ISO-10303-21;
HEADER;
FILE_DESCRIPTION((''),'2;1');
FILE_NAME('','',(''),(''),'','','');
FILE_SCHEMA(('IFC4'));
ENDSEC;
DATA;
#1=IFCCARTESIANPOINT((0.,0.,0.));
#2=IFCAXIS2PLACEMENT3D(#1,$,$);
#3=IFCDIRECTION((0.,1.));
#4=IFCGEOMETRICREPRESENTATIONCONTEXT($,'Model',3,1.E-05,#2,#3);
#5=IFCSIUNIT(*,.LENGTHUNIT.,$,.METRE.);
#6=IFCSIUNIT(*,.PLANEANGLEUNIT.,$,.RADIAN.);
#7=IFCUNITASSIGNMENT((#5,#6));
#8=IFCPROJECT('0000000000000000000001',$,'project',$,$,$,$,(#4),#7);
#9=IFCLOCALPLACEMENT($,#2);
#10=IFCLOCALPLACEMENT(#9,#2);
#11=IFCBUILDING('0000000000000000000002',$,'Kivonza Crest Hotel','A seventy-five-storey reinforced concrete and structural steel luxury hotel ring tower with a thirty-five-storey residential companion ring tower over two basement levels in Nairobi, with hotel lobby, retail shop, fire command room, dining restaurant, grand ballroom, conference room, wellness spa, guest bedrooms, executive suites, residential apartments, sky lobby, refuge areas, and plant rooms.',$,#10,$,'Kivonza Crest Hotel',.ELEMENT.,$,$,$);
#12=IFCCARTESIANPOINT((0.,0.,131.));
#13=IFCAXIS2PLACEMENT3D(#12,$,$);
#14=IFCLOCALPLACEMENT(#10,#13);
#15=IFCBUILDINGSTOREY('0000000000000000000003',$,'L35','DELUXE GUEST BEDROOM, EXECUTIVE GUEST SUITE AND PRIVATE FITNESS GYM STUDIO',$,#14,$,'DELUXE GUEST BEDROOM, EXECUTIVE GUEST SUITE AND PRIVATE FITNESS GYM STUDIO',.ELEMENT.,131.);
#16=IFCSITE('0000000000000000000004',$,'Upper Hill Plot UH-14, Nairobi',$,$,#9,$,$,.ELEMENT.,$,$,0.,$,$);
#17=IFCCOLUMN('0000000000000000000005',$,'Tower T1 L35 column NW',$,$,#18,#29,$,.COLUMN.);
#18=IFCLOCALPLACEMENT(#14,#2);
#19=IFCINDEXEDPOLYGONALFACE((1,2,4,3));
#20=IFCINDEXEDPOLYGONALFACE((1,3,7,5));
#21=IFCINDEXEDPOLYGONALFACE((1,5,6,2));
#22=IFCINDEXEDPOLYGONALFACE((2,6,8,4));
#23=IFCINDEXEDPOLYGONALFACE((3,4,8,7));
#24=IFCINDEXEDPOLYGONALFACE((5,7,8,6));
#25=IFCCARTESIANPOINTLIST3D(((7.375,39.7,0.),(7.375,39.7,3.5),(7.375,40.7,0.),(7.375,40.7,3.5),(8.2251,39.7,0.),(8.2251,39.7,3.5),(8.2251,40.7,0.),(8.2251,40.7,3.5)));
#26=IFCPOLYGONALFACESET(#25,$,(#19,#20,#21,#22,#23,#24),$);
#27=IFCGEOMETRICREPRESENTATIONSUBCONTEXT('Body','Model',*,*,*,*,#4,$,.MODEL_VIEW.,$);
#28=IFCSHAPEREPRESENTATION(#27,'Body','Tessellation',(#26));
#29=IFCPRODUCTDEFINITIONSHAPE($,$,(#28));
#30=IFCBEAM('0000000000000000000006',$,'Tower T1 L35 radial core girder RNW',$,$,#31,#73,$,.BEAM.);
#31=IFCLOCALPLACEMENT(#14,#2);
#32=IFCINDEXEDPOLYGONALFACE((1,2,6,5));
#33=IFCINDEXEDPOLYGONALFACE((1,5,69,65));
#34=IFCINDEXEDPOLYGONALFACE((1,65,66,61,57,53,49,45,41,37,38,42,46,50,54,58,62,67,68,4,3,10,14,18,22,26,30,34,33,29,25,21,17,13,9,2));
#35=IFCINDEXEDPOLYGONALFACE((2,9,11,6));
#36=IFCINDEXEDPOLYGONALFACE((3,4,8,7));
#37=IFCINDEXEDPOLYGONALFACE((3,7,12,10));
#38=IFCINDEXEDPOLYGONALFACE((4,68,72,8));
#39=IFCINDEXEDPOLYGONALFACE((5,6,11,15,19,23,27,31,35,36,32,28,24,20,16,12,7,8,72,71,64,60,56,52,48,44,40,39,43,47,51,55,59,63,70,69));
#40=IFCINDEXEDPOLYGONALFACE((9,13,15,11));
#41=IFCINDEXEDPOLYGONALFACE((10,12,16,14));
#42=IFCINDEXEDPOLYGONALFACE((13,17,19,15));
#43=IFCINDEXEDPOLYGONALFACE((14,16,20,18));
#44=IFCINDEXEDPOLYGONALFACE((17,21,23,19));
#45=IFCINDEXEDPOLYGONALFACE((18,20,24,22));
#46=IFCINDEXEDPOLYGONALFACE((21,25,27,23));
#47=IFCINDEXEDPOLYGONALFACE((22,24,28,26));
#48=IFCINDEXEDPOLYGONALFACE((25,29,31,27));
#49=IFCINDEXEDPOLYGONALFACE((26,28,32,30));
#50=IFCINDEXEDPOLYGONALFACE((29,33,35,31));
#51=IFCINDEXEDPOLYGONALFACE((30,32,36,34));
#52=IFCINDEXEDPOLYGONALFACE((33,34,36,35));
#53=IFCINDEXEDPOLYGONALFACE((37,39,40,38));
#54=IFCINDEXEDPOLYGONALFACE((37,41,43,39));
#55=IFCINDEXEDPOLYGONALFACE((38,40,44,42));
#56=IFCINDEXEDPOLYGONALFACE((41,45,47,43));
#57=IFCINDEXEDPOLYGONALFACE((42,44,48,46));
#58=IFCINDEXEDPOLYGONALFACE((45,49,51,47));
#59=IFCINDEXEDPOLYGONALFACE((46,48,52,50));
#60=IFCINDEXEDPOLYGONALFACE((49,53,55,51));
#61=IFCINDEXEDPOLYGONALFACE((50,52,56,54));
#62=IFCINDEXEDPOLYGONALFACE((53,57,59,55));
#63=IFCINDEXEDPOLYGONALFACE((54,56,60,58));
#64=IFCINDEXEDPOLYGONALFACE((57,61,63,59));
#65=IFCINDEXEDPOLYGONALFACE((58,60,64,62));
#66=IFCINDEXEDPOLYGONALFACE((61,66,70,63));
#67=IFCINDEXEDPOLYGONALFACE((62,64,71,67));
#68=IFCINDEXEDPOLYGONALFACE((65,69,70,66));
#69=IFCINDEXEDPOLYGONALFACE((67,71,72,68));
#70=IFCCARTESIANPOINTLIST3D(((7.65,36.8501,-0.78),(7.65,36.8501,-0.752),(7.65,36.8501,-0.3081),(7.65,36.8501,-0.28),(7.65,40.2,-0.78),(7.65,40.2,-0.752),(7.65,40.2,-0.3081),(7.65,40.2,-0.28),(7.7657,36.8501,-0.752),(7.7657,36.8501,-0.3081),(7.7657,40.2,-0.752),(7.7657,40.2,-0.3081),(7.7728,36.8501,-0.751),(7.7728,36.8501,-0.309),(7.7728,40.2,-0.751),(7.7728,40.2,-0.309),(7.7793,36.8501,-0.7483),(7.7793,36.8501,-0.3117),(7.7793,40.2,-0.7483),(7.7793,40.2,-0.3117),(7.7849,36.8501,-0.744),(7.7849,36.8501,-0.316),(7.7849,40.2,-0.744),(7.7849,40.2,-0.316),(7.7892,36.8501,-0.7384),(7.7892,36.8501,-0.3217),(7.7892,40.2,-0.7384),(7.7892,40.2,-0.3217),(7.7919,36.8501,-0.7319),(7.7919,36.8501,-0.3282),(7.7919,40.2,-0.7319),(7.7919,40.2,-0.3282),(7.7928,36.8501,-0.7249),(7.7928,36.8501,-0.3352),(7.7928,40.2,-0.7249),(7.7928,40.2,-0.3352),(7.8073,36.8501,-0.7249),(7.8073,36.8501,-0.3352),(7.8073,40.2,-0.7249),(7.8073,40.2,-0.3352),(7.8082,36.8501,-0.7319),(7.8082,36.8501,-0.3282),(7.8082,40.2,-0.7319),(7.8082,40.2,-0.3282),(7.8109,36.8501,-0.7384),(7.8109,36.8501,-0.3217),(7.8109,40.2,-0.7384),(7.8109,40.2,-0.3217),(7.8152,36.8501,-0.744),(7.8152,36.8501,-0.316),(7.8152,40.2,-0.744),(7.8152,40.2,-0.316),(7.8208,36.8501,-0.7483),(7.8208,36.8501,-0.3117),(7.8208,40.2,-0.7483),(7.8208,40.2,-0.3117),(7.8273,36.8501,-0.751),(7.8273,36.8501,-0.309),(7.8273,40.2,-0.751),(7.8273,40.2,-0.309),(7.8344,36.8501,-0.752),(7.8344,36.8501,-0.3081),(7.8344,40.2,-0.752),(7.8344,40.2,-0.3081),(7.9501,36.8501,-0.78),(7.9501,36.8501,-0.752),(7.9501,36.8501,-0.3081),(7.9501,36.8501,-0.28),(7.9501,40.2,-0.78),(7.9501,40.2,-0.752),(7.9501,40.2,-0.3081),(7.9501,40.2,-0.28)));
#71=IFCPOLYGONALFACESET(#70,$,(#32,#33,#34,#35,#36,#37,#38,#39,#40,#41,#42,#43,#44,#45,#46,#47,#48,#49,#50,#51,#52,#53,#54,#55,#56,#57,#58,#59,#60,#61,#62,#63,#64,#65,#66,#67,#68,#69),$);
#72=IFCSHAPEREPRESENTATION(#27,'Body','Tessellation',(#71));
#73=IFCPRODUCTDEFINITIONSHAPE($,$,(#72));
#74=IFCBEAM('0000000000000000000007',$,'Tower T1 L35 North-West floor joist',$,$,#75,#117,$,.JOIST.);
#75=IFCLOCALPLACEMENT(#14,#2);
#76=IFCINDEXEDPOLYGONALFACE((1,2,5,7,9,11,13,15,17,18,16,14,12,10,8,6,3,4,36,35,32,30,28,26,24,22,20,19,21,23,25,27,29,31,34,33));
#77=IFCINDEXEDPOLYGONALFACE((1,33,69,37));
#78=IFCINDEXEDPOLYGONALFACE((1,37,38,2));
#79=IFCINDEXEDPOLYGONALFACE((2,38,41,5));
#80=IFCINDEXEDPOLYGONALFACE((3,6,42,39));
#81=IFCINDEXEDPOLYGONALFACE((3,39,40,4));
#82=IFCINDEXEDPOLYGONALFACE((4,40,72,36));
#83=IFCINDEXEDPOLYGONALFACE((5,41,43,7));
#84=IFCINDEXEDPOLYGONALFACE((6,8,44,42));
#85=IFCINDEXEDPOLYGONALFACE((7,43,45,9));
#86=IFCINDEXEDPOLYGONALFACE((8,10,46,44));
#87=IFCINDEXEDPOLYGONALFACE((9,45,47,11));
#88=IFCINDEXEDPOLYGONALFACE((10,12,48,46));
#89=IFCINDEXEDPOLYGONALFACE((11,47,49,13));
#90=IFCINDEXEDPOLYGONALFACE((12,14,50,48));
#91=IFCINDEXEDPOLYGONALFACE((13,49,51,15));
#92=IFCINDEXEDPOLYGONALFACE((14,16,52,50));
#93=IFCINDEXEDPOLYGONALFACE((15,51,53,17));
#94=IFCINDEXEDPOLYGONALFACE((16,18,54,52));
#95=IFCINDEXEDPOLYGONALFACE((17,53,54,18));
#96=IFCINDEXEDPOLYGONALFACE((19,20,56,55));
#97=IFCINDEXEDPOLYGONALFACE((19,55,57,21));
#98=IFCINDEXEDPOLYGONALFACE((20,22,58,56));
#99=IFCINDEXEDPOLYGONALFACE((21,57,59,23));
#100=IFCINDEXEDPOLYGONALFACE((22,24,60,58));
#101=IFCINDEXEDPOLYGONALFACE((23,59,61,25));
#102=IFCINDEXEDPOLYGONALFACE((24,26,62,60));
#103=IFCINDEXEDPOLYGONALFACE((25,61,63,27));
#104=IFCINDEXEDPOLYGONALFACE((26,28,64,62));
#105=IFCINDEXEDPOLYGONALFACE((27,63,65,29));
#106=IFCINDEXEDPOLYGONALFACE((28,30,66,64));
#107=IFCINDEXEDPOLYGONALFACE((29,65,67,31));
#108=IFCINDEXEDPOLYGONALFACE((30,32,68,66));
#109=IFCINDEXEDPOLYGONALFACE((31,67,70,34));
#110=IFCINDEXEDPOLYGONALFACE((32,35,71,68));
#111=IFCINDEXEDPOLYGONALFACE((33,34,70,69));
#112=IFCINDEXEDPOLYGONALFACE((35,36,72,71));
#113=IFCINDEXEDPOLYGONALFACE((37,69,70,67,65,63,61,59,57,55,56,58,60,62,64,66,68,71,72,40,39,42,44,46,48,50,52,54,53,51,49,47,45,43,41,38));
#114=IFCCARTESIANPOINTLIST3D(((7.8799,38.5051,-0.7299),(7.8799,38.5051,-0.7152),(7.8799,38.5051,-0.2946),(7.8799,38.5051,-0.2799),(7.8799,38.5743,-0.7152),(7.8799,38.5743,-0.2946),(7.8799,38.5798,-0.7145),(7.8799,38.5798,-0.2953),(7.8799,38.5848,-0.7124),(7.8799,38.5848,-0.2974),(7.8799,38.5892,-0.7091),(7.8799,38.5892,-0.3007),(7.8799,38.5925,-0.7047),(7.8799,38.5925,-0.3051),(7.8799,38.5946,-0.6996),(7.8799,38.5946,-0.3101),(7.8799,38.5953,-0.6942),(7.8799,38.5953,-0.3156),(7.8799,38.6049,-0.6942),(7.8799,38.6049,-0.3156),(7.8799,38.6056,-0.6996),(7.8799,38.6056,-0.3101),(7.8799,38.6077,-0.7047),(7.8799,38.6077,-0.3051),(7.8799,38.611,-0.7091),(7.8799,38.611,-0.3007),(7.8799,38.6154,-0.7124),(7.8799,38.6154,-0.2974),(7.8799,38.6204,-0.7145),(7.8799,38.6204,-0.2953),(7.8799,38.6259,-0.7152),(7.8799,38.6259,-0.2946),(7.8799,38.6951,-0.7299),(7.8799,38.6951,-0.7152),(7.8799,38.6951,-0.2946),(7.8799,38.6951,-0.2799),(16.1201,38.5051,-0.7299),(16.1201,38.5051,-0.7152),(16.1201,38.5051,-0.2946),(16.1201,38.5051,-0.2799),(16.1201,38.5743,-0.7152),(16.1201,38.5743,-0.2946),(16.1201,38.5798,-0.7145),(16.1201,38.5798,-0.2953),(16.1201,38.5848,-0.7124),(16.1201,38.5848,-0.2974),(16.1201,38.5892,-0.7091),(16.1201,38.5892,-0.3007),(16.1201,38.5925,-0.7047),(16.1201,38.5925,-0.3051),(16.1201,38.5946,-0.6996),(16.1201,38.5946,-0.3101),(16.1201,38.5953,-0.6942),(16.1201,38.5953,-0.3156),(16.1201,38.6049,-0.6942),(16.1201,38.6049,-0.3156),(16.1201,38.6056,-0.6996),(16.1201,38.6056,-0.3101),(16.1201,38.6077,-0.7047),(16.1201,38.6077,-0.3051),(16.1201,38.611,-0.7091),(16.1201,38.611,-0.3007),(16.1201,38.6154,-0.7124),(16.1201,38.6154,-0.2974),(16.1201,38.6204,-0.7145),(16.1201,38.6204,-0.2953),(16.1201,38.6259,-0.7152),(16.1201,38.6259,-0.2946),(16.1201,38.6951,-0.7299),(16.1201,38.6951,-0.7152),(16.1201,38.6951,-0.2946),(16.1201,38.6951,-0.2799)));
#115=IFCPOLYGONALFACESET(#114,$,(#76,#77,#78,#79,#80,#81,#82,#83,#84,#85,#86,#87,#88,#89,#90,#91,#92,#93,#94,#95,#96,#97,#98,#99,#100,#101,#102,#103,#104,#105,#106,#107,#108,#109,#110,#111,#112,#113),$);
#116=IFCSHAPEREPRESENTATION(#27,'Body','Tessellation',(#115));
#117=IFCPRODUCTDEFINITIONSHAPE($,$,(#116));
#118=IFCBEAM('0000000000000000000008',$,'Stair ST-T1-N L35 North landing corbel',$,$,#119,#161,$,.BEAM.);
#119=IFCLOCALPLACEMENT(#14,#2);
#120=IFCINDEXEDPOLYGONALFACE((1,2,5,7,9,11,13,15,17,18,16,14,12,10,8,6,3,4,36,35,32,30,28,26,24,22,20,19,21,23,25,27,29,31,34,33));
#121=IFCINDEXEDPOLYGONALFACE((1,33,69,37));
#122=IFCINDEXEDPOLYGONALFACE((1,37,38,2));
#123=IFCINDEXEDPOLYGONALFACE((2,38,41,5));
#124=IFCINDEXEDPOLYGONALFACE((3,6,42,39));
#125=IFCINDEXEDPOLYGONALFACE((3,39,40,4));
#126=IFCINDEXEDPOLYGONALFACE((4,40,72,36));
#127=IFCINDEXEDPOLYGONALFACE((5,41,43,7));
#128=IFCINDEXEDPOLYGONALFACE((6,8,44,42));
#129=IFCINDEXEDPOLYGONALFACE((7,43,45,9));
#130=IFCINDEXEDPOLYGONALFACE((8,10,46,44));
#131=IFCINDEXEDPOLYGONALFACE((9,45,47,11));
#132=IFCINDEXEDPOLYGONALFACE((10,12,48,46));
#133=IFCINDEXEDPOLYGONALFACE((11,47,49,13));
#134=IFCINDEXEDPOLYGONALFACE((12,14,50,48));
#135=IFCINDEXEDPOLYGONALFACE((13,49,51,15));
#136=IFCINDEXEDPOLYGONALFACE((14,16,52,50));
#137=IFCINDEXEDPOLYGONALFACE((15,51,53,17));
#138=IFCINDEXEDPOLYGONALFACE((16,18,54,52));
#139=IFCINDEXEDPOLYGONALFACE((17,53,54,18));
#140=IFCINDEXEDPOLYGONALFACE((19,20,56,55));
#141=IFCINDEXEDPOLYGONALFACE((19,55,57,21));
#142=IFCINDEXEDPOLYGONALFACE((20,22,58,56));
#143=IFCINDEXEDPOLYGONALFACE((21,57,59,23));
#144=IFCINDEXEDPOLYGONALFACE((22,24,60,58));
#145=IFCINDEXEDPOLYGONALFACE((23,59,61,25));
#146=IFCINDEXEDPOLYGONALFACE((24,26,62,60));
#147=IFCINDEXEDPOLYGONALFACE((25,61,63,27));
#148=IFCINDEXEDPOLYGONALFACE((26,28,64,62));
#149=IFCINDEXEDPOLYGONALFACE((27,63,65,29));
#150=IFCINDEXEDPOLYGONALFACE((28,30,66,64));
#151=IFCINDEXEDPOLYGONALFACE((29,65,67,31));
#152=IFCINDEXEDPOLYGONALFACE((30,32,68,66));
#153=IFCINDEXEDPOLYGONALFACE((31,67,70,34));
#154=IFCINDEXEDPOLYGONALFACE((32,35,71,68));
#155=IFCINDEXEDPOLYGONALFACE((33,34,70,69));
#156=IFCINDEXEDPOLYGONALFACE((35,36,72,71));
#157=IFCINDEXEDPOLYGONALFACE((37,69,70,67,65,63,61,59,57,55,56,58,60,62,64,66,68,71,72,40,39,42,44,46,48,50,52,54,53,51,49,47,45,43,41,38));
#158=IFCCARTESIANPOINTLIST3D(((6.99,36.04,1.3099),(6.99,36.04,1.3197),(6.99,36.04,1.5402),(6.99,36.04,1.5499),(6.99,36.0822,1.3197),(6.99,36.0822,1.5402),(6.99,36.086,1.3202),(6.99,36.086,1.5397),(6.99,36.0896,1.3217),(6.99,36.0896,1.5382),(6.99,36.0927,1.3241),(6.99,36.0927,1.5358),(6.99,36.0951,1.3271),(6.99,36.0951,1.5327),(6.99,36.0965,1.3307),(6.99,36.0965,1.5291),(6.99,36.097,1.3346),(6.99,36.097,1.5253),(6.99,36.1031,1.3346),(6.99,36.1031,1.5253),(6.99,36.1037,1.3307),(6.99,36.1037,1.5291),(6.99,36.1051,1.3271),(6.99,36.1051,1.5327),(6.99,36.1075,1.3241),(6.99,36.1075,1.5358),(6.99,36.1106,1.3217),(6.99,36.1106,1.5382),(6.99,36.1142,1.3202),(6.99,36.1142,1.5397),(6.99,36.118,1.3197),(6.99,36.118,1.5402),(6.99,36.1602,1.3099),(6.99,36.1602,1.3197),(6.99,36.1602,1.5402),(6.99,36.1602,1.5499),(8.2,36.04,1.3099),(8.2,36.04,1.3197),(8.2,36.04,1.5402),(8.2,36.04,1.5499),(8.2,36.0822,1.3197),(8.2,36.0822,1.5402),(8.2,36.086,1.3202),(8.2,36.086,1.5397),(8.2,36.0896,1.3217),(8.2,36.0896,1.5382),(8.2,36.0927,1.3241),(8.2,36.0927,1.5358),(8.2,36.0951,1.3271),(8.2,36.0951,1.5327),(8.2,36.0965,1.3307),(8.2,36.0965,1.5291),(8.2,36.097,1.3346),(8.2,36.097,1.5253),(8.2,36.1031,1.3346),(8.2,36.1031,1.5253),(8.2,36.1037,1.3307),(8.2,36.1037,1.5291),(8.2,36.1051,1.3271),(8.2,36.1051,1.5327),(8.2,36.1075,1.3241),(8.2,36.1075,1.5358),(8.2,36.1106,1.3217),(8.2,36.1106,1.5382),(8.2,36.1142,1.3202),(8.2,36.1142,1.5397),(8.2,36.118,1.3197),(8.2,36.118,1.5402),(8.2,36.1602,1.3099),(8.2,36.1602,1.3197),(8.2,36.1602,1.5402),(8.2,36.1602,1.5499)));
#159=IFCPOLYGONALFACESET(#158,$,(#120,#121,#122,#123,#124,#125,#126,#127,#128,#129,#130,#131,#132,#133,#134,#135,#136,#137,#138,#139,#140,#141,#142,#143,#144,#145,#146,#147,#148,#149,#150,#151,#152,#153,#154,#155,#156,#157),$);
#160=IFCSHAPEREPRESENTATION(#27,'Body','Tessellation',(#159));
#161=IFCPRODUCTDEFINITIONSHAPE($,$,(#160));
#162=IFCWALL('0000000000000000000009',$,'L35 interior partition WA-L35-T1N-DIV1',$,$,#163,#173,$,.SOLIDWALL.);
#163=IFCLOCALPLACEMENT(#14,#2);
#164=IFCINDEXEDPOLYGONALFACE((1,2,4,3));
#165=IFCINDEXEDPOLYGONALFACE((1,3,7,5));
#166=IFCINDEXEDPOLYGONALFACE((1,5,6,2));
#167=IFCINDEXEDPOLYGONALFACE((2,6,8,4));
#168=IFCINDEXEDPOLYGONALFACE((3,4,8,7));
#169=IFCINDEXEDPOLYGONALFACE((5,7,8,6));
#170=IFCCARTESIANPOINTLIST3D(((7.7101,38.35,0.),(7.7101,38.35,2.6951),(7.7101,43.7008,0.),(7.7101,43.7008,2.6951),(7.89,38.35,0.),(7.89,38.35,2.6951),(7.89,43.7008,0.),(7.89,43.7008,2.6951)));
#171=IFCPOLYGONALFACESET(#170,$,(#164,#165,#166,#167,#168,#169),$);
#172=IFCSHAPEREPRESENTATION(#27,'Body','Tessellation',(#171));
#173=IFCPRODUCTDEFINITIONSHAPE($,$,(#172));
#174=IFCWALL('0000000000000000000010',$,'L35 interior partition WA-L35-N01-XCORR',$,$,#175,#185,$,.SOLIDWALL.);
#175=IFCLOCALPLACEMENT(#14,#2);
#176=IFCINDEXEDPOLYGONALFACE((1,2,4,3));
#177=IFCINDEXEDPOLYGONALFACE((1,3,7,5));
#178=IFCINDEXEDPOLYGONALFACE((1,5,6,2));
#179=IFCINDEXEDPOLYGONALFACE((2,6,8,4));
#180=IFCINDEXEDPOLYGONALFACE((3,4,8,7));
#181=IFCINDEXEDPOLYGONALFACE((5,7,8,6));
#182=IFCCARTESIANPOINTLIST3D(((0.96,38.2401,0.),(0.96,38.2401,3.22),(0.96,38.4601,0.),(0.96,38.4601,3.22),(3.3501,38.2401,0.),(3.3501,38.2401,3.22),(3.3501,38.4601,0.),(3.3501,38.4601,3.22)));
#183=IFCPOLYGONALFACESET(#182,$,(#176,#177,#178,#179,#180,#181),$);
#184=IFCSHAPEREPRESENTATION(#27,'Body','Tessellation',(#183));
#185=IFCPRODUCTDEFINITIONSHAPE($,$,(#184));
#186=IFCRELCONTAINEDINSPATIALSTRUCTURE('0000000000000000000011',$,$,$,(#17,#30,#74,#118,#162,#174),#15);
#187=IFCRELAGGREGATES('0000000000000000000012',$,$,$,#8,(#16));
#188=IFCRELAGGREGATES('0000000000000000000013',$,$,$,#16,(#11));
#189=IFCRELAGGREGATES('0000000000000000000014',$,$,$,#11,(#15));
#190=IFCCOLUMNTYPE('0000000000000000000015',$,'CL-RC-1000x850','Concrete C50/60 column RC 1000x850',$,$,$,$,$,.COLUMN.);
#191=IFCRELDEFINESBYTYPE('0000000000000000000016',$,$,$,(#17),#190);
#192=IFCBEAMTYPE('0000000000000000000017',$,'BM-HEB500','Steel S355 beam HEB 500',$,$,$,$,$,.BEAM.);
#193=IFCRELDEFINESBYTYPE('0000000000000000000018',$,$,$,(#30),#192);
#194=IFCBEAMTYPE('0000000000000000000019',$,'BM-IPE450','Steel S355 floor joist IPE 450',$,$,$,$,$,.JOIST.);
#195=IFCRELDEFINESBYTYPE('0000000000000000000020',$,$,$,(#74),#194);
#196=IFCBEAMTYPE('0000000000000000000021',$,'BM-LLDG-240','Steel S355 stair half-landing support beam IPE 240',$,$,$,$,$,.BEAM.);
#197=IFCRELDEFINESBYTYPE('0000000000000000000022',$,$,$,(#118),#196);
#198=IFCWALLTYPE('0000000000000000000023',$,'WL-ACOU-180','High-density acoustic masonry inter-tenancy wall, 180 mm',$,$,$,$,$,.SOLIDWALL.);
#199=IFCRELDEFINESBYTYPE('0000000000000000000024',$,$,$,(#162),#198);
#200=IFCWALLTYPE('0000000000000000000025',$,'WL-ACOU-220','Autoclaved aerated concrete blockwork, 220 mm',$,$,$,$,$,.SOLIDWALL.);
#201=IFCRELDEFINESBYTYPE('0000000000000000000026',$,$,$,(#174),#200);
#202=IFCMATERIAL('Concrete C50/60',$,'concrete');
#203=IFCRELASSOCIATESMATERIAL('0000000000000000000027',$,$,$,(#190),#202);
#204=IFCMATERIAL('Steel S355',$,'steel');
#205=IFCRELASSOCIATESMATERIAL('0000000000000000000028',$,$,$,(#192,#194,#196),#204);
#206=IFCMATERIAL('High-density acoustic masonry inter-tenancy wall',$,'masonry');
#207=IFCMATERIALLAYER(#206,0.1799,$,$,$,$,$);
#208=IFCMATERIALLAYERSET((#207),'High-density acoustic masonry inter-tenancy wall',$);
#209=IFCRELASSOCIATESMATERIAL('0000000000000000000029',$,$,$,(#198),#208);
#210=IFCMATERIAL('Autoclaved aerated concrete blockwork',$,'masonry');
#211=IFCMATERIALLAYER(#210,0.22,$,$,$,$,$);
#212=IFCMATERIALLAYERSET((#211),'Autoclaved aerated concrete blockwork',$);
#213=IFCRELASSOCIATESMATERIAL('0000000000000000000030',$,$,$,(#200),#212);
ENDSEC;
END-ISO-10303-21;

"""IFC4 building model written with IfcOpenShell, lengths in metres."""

from ifc_helpers import new_model, si_unit, direction, frame, frame_2d, origin, origin_2d, place, context, subcontext, project, spatial, rectangle, i_section, extrude, material, layer, layer_set, material_profile, profile_set, type_object, element, save


model = new_model("IFC4")

# Units and contexts
model_context = context("Model", 3, precision=1e-05, world=origin(), true_north=direction((0.0, 1.0)))
body_context = subcontext(model_context, "Body", "Model", "MODEL_VIEW")
ifc_project = project(units=[si_unit("LENGTHUNIT", "METRE"), si_unit("PLANEANGLEUNIT", "RADIAN")], contexts=[model_context])

# Site, building, storey
site_placement = place(None, origin())
site = spatial("IfcSite", under=ifc_project, at=site_placement, Name="Upper Hill Plot UH-14, Nairobi", CompositionType="ELEMENT", RefElevation=0.0)
building_placement = place(site_placement, origin())
building = spatial("IfcBuilding", under=site, at=building_placement, Name="Kivonza Crest Hotel", Description="A seventy-five-storey reinforced concrete and structural steel luxury hotel ring tower with a thirty-five-storey residential companion ring tower over two basement levels in Nairobi, with hotel lobby, retail shop, fire command room, dining restaurant, grand ballroom, conference room, wellness spa, guest bedrooms, executive suites, residential apartments, sky lobby, refuge areas, and plant rooms.", LongName="Kivonza Crest Hotel", CompositionType="ELEMENT")
storey_placement = place(building_placement, frame((0.0, 0.0, 131.0)))
storey = spatial("IfcBuildingStorey", under=building, at=storey_placement, Name="L35", Description="DELUXE GUEST BEDROOM, EXECUTIVE GUEST SUITE AND PRIVATE FITNESS GYM STUDIO", LongName="DELUXE GUEST BEDROOM, EXECUTIVE GUEST SUITE AND PRIVATE FITNESS GYM STUDIO", CompositionType="ELEMENT", Elevation=131.0)

# Column
ifc_material_1 = material(Name="Concrete C50/60", Category="concrete")
ifc_material_profile_1 = material_profile(ifc_material_1, rectangle(XDim=0.8501, YDim=1.0, at=origin_2d()), Name="RC 1000x850")
ifc_profile_set_1 = profile_set([ifc_material_profile_1], Name="Concrete C50/60")
column_type = type_object("IfcColumnType", Name="CL-RC-1000x850", Description="Concrete C50/60 column RC 1000x850", PredefinedType="COLUMN", material=ifc_profile_set_1)
column_placement = place(storey_placement, frame((7.8, 40.2, 0.0), z_axis=(0.0, 0.0, 1.0), x_axis=(1.0, 0.0, 0.0)))
element("IfcColumn", 1, at=column_placement, inside=storey, type_object=column_type, Name="Tower T1 L35 column NW", PredefinedType="COLUMN", context=body_context, shape_type="SweptSolid", body=[
    extrude(rectangle(XDim=0.8501, YDim=1.0, at=origin_2d()), origin(), (0.0, 0.0, 1.0), 3.5),
])

# Beams
ifc_material_2 = material(Name="Steel S355", Category="steel")
ifc_material_profile_2 = material_profile(ifc_material_2, i_section(OverallWidth=0.3, OverallDepth=0.5, WebThickness=0.0144, FlangeThickness=0.0281, FilletRadius=0.0271, at=origin_2d()), Name="HEB 500")
ifc_profile_set_2 = profile_set([ifc_material_profile_2], Name="Steel S355")
beam_type_1 = type_object("IfcBeamType", Name="BM-HEB500", Description="Steel S355 beam HEB 500", PredefinedType="BEAM", material=ifc_profile_set_2)
beam_1_placement = place(storey_placement, frame((7.8, 40.2, -0.53), z_axis=(0.0, -1.0, 0.0), x_axis=(1.0, 0.0, 0.0)))
element("IfcBeam", 2, at=beam_1_placement, inside=storey, type_object=beam_type_1, Name="Tower T1 L35 radial core girder RNW", PredefinedType="BEAM", context=body_context, shape_type="SweptSolid", body=[
    extrude(i_section(OverallWidth=0.3, OverallDepth=0.5, WebThickness=0.0144, FlangeThickness=0.0281, FilletRadius=0.0271, at=origin_2d()), origin(), (0.0, 0.0, 1.0), 3.3499),
])
ifc_material_profile_3 = material_profile(ifc_material_2, i_section(OverallWidth=0.1899, OverallDepth=0.45, WebThickness=0.0095, FlangeThickness=0.0146, FilletRadius=0.021, at=origin_2d()), Name="IPE 450")
ifc_profile_set_3 = profile_set([ifc_material_profile_3], Name="Steel S355")
beam_type_2 = type_object("IfcBeamType", Name="BM-IPE450", Description="Steel S355 floor joist IPE 450", PredefinedType="JOIST", material=ifc_profile_set_3)
beam_2_placement = place(storey_placement, frame((7.8799, 38.6001, -0.5049), z_axis=(1.0, 0.0, 0.0), x_axis=(0.0, 1.0, 0.0)))
element("IfcBeam", 3, at=beam_2_placement, inside=storey, type_object=beam_type_2, Name="Tower T1 L35 North-West floor joist", PredefinedType="JOIST", context=body_context, shape_type="SweptSolid", body=[
    extrude(i_section(OverallWidth=0.1899, OverallDepth=0.45, WebThickness=0.0095, FlangeThickness=0.0146, FilletRadius=0.021, at=origin_2d()), origin(), (0.0, 0.0, 1.0), 8.2402),
])
ifc_material_profile_4 = material_profile(ifc_material_2, i_section(OverallWidth=0.1201, OverallDepth=0.24, WebThickness=0.0061, FlangeThickness=0.0098, FilletRadius=0.0149, at=origin_2d()), Name="IPE 240")
ifc_profile_set_4 = profile_set([ifc_material_profile_4], Name="Steel S355")
beam_type_3 = type_object("IfcBeamType", Name="BM-LLDG-240", Description="Steel S355 stair half-landing support beam IPE 240", PredefinedType="BEAM", material=ifc_profile_set_4)
beam_3_placement = place(storey_placement, frame((6.99, 36.1001, 1.4299), z_axis=(1.0, 0.0, 0.0), x_axis=(0.0, 1.0, 0.0)))
element("IfcBeam", 4, at=beam_3_placement, inside=storey, type_object=beam_type_3, Name="Stair ST-T1-N L35 North landing corbel", PredefinedType="BEAM", context=body_context, shape_type="SweptSolid", body=[
    extrude(i_section(OverallWidth=0.1201, OverallDepth=0.24, WebThickness=0.0061, FlangeThickness=0.0098, FilletRadius=0.0149, at=origin_2d()), origin(), (0.0, 0.0, 1.0), 1.21),
])

# Walls
ifc_material_3 = material(Name="High-density acoustic masonry inter-tenancy wall", Category="masonry")
ifc_layer_1 = layer(ifc_material_3, 0.1799)
ifc_layer_set_1 = layer_set([ifc_layer_1], Name="High-density acoustic masonry inter-tenancy wall")
wall_type_1 = type_object("IfcWallType", Name="WL-ACOU-180", Description="High-density acoustic masonry inter-tenancy wall, 180 mm", PredefinedType="SOLIDWALL", material=ifc_layer_set_1)
wall_1_placement = place(storey_placement, frame((7.8, 38.3501, 0.0), z_axis=(0.0, 0.0, 1.0), x_axis=(0.0, 1.0, 0.0)))
element("IfcWall", 5, at=wall_1_placement, inside=storey, type_object=wall_type_1, Name="L35 interior partition WA-L35-T1N-DIV1", PredefinedType="SOLIDWALL", context=body_context, shape_type="SweptSolid", body=[
    extrude(rectangle(XDim=5.3508, YDim=0.1799, at=frame_2d((2.6753, 0.0))), origin(), (0.0, 0.0, 1.0), 2.6951),
])
ifc_material_4 = material(Name="Autoclaved aerated concrete blockwork", Category="masonry")
ifc_layer_2 = layer(ifc_material_4, 0.22)
ifc_layer_set_2 = layer_set([ifc_layer_2], Name="Autoclaved aerated concrete blockwork")
wall_type_2 = type_object("IfcWallType", Name="WL-ACOU-220", Description="Autoclaved aerated concrete blockwork, 220 mm", PredefinedType="SOLIDWALL", material=ifc_layer_set_2)
wall_2_placement = place(storey_placement, frame((0.96, 38.3501, 0.0), z_axis=(0.0, 0.0, 1.0), x_axis=(1.0, 0.0, 0.0)))
element("IfcWall", 6, at=wall_2_placement, inside=storey, type_object=wall_type_2, Name="L35 interior partition WA-L35-N01-XCORR", PredefinedType="SOLIDWALL", context=body_context, shape_type="SweptSolid", body=[
    extrude(rectangle(XDim=2.3901, YDim=0.22, at=frame_2d((1.1951, 0.0))), origin(), (0.0, 0.0, 1.0), 3.22),
])

save(model, "model.ifc")
